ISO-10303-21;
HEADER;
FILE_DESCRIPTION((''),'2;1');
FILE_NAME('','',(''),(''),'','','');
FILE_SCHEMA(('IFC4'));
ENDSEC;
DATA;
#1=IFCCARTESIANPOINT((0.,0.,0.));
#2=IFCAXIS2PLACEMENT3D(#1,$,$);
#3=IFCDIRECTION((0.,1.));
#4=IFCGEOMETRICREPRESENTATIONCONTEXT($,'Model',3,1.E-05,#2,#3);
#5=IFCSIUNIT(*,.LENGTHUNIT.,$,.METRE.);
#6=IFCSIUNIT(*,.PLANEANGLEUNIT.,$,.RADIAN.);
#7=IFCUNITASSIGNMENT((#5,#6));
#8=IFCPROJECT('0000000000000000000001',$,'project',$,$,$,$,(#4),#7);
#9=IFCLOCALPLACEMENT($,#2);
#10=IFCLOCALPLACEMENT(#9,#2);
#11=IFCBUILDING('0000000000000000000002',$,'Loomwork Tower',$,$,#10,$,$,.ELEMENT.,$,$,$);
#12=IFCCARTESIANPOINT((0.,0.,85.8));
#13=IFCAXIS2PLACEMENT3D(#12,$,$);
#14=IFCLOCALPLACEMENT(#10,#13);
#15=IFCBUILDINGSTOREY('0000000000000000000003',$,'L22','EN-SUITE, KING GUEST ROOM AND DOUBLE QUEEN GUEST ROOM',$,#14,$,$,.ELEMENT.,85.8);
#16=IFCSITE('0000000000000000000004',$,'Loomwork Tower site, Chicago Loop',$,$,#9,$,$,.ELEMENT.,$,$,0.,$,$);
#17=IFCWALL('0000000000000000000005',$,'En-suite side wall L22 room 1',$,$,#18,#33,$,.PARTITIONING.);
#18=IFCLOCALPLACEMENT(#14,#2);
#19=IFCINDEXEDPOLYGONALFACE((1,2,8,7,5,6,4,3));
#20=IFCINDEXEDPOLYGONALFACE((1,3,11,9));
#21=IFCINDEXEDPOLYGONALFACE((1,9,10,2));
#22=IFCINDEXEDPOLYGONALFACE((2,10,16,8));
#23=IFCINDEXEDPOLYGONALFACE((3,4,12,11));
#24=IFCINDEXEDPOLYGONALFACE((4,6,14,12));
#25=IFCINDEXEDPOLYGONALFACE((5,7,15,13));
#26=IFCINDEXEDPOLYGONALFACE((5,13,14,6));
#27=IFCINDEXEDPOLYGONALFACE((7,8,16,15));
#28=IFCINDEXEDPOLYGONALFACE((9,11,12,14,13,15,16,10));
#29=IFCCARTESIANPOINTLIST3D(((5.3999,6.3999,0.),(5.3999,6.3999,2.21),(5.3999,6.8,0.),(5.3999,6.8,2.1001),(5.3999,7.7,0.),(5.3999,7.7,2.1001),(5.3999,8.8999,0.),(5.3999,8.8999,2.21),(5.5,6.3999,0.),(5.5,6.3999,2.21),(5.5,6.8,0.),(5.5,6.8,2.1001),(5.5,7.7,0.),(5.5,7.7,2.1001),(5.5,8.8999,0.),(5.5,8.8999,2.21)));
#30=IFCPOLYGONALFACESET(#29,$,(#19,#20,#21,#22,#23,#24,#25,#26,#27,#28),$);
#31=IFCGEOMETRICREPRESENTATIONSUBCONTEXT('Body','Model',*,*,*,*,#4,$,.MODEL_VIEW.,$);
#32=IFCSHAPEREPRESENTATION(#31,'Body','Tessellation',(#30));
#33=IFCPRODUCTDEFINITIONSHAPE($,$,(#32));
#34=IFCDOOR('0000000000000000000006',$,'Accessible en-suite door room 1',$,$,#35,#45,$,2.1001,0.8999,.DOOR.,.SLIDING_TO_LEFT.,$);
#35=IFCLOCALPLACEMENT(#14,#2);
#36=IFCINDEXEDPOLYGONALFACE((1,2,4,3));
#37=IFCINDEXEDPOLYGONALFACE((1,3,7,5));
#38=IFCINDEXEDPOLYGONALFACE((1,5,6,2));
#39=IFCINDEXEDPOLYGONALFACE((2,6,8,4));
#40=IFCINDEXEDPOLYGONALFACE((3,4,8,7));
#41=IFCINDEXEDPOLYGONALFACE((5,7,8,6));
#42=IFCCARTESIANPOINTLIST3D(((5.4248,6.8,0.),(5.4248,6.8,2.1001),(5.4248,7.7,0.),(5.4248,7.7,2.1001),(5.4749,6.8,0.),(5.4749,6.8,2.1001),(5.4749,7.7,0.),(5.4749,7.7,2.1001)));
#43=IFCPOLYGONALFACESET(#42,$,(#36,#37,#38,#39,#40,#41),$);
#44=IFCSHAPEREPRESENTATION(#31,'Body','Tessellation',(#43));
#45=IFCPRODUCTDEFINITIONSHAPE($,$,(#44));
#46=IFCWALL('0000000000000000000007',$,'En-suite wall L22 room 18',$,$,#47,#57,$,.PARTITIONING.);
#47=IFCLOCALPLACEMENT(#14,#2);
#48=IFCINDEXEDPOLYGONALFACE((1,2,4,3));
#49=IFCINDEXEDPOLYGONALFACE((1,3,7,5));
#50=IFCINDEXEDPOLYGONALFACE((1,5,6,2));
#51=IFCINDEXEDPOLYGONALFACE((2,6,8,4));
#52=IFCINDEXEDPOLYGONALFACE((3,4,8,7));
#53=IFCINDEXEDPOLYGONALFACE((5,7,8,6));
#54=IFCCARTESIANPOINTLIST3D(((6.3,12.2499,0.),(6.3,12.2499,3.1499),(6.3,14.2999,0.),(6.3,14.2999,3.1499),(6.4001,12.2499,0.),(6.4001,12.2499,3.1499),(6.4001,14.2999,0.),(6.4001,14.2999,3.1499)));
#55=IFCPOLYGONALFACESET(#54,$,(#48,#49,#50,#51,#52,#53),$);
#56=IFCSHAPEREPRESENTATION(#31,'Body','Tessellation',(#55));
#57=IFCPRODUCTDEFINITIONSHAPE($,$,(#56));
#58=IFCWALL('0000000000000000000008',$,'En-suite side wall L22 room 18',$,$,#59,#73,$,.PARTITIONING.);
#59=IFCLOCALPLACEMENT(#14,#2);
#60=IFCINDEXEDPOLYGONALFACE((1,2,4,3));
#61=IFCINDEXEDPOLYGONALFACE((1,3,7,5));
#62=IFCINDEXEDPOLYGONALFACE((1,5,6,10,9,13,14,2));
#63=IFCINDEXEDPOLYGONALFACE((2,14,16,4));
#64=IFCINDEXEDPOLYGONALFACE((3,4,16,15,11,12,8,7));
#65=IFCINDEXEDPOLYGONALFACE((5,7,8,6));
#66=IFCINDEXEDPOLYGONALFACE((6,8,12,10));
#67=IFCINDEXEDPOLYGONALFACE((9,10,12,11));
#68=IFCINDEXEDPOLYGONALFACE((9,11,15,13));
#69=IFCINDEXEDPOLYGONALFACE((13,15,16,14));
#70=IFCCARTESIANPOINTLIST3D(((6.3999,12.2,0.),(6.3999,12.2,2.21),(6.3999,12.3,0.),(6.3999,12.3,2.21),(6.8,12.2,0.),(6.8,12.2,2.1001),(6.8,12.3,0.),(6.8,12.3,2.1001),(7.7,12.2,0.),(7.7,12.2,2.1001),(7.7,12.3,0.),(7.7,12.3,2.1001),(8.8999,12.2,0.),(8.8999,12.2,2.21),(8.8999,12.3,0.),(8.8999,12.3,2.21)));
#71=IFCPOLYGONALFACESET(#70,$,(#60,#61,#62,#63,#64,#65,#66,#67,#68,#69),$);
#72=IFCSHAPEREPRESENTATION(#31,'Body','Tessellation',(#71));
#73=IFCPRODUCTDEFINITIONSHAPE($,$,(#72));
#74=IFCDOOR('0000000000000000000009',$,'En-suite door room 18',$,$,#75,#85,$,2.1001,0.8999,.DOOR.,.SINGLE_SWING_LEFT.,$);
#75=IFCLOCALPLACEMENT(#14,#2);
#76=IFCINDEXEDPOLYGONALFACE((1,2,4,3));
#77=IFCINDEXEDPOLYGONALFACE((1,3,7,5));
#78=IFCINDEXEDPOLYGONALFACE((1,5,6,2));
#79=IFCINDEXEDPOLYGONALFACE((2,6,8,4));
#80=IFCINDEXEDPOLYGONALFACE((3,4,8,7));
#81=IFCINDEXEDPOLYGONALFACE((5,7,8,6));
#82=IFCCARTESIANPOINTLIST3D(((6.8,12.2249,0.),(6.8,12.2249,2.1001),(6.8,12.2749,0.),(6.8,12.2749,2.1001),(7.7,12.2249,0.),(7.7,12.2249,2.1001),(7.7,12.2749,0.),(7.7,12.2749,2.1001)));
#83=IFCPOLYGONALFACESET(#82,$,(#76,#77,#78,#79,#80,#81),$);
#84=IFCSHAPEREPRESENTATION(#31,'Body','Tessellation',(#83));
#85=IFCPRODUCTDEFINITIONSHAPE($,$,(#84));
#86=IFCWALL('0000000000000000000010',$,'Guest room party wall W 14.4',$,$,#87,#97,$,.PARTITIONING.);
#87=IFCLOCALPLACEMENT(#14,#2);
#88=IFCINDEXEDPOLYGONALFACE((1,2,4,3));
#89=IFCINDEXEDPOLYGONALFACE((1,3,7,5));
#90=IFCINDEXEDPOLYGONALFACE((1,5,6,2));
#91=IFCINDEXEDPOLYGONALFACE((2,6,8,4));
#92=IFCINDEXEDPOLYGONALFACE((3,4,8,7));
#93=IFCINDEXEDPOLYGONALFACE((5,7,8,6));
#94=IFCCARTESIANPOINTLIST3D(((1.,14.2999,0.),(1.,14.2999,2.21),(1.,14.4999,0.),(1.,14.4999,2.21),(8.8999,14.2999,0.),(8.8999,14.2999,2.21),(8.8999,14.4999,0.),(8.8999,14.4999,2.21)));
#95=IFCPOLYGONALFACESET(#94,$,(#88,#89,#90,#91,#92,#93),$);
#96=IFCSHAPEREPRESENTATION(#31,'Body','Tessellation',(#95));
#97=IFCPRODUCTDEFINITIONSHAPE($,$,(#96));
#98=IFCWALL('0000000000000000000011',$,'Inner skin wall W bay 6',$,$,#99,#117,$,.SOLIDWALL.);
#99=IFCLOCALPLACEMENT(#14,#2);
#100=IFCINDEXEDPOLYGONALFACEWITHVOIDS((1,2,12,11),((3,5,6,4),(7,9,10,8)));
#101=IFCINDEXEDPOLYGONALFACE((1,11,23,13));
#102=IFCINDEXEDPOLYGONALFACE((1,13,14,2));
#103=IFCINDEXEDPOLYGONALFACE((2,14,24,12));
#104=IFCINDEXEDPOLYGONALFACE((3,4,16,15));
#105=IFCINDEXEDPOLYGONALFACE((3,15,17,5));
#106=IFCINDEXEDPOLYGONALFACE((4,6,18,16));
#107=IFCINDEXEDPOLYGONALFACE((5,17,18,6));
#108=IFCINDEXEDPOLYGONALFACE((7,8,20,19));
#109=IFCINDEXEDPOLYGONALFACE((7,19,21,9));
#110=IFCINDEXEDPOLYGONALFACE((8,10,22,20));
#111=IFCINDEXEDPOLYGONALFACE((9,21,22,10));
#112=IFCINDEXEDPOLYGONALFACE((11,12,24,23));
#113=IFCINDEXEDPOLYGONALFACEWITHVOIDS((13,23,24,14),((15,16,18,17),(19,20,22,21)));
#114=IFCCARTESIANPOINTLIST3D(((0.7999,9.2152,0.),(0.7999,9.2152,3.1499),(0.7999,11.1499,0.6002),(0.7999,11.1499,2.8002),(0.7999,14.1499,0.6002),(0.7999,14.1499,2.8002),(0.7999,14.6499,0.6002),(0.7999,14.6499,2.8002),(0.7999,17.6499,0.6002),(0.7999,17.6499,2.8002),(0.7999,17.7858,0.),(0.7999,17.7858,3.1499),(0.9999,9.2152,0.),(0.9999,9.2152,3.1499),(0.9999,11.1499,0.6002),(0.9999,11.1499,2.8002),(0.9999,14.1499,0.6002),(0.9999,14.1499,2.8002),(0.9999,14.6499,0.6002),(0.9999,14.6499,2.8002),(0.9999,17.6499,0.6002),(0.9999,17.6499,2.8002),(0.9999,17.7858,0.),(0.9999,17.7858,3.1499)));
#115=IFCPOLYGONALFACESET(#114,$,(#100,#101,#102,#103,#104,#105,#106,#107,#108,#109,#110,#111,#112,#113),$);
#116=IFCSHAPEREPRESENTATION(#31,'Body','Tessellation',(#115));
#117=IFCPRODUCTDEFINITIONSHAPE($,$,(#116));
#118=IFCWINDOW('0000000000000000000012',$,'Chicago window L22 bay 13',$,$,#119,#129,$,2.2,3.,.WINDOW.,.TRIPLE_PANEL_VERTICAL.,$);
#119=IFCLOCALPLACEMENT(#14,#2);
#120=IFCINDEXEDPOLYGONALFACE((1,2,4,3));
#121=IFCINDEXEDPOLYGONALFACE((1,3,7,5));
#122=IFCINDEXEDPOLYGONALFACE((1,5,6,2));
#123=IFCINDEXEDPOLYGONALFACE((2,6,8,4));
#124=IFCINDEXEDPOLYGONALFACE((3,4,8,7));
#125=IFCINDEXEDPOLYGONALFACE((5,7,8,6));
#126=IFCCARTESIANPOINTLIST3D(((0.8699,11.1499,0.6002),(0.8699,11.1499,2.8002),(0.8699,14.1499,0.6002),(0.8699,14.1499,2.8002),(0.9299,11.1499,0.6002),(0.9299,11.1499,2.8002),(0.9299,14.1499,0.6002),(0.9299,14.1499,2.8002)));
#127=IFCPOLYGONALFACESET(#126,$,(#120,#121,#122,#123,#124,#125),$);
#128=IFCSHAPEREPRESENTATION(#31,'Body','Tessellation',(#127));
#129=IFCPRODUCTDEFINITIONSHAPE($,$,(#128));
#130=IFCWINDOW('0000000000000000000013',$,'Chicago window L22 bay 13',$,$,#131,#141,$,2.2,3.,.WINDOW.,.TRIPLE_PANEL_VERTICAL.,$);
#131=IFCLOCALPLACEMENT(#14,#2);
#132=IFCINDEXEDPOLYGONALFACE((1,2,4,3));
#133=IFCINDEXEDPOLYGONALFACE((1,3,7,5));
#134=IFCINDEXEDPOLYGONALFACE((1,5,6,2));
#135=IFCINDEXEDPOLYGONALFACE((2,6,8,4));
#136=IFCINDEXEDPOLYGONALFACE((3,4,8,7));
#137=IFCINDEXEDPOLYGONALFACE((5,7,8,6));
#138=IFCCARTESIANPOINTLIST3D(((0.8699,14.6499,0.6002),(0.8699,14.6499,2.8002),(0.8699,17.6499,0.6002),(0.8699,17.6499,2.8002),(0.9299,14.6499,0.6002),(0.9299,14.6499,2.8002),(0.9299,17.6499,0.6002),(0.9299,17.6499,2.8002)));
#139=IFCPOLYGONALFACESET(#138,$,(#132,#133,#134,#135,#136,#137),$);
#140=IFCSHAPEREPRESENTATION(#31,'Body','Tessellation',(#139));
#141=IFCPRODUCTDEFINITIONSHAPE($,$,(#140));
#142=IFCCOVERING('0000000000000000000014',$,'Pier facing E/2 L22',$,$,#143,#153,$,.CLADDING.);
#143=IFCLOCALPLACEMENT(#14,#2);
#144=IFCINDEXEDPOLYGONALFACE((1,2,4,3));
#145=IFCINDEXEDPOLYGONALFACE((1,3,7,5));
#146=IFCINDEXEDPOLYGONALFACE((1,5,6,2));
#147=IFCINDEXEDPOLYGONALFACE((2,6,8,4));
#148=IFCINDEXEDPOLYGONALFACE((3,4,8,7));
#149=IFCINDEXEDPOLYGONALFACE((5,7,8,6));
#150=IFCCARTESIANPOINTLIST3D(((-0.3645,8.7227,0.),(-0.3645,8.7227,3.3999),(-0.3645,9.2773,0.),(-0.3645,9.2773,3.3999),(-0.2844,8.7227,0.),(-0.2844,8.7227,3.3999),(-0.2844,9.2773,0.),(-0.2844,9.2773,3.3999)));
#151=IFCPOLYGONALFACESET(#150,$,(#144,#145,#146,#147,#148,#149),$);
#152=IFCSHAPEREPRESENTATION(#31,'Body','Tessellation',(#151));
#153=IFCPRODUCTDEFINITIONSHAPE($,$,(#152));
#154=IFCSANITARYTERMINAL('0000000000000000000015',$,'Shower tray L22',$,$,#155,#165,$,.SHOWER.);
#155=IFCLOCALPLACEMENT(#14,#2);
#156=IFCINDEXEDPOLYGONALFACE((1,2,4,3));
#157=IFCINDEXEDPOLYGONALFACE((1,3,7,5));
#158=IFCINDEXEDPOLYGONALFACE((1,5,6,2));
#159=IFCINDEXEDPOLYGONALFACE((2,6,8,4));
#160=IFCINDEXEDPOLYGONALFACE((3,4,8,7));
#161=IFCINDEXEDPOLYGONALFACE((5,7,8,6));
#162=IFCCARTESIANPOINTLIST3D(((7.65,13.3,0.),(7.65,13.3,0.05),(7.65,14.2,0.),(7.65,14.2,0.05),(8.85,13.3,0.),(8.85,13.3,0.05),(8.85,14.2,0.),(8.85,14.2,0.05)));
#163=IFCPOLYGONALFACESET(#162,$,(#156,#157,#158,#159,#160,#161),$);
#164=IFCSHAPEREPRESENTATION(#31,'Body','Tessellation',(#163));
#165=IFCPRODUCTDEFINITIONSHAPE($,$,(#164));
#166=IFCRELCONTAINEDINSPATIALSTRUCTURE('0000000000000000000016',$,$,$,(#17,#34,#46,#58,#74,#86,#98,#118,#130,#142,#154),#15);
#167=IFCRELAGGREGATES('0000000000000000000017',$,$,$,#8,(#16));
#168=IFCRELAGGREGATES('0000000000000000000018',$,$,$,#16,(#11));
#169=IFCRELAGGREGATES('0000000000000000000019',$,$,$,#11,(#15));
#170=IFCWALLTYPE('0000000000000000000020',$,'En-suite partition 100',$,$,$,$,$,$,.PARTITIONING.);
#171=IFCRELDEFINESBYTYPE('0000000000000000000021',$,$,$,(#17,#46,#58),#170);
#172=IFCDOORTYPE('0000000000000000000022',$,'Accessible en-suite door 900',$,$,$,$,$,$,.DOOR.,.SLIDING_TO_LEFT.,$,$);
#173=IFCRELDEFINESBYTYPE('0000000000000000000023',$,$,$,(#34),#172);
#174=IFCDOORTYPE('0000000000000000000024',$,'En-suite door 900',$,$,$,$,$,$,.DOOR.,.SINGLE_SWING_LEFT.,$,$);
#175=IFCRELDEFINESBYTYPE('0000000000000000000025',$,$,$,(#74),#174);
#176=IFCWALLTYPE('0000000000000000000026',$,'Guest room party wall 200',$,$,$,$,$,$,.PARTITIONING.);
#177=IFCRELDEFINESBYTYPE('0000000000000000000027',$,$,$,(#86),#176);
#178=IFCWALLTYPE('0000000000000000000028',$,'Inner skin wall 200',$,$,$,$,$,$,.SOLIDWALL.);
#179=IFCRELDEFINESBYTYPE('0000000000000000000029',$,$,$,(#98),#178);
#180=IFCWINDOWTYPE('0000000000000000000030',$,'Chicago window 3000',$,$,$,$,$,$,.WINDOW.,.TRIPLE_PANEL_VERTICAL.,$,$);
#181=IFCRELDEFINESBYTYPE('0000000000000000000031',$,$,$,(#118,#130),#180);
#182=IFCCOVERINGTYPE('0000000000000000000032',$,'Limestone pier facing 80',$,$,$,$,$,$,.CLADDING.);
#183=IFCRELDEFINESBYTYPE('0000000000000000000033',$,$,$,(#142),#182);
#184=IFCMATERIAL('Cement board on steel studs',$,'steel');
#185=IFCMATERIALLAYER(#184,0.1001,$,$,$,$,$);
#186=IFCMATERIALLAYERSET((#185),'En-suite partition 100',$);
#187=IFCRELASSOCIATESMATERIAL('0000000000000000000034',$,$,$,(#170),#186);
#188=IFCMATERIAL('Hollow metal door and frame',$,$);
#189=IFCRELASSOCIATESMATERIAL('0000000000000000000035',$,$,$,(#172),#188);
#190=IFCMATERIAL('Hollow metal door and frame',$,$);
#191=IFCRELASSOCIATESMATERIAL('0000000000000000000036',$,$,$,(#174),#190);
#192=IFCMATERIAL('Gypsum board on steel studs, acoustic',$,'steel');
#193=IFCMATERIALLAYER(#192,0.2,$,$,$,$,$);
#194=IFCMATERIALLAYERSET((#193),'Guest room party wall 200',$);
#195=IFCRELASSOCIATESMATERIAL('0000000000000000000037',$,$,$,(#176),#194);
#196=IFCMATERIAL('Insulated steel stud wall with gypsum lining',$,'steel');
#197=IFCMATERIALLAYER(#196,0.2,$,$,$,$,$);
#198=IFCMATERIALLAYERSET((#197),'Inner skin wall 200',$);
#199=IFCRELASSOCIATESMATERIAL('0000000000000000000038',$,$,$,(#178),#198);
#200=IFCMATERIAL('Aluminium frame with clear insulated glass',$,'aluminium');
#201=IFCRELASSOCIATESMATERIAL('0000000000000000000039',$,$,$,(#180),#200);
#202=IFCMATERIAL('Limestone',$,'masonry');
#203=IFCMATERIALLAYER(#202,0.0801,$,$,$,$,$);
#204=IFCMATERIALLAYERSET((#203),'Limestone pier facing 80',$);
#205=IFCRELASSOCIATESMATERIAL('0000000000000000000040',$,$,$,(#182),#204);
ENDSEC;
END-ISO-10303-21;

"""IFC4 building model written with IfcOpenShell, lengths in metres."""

from ifc_helpers import new_model, si_unit, direction, frame, frame_2d, origin, origin_2d, place, context, subcontext, project, spatial, rectangle, extrude, material, layer, layer_set, type_object, element, fill, save


model = new_model("IFC4")

# Units and contexts
model_context = context("Model", 3, precision=1e-05, world=origin(), true_north=direction((0.0, 1.0)))
body_context = subcontext(model_context, "Body", "Model", "MODEL_VIEW")
ifc_project = project(units=[si_unit("LENGTHUNIT", "METRE"), si_unit("PLANEANGLEUNIT", "RADIAN")], contexts=[model_context])

# Site, building, storey
site_placement = place(None, origin())
site = spatial("IfcSite", under=ifc_project, at=site_placement, Name="Loomwork Tower site, Chicago Loop", CompositionType="ELEMENT", RefElevation=0.0)
building_placement = place(site_placement, origin())
building = spatial("IfcBuilding", under=site, at=building_placement, Name="Loomwork Tower", CompositionType="ELEMENT")
storey_placement = place(building_placement, frame((0.0, 0.0, 85.8)))
storey = spatial("IfcBuildingStorey", under=building, at=storey_placement, Name="L22", Description="EN-SUITE, KING GUEST ROOM AND DOUBLE QUEEN GUEST ROOM", CompositionType="ELEMENT", Elevation=85.8)

# Wall, opening, door
ifc_material_1 = material(Name="Cement board on steel studs", Category="steel")
ifc_layer_1 = layer(ifc_material_1, 0.1001)
ifc_layer_set_1 = layer_set([ifc_layer_1], Name="En-suite partition 100")
wall_type_1 = type_object("IfcWallType", Name="En-suite partition 100", PredefinedType="PARTITIONING", material=ifc_layer_set_1)
wall_1_placement = place(storey_placement, frame((5.45, 8.8999, 0.0), z_axis=(0.0, 0.0, 1.0), x_axis=(0.0, -1.0, 0.0)))
wall_1 = element("IfcWall", 1, at=wall_1_placement, inside=storey, type_object=wall_type_1, Name="En-suite side wall L22 room 1", PredefinedType="PARTITIONING", context=body_context, shape_type="SweptSolid", body=[
    extrude(rectangle(XDim=2.5, YDim=0.1001, at=frame_2d((1.25, 0.0))), origin(), (0.0, 0.0, 1.0), 2.21),
])
opening_1_placement = place(wall_1_placement, frame((1.2, 0.0, 0.0)))
opening_1 = element("IfcOpeningElement", 2, at=opening_1_placement, cuts=wall_1, PredefinedType="OPENING", context=body_context, shape_type="SweptSolid", body=[
    extrude(rectangle(XDim=0.8999, YDim=2.1001, at=frame_2d((0.45, 1.05))), frame((0.0, 0.0601, 0.0), z_axis=(0.0, -1.0, 0.0), x_axis=(1.0, 0.0, 0.0)), (0.0, 0.0, 1.0), 0.1201),
])
ifc_material_2 = material(Name="Hollow metal door and frame")
door_type_1 = type_object("IfcDoorType", Name="Accessible en-suite door 900", OperationType="SLIDING_TO_LEFT", PredefinedType="DOOR", material=ifc_material_2)
door_1_placement = place(opening_1_placement, origin())
door_1 = element("IfcDoor", 3, at=door_1_placement, inside=storey, type_object=door_type_1, Name="Accessible en-suite door room 1", OperationType="SLIDING_TO_LEFT", OverallHeight=2.1001, OverallWidth=0.8999, PredefinedType="DOOR", context=body_context, shape_type="SweptSolid", body=[
    extrude(rectangle(XDim=0.8999, YDim=2.1001, at=frame_2d((0.45, 1.05))), frame((0.0, 0.0249, 0.0), z_axis=(0.0, -1.0, 0.0), x_axis=(1.0, 0.0, 0.0)), (0.0, 0.0, 1.0), 0.05),
])
fill(opening_1, door_1)

# Wall
wall_2_placement = place(storey_placement, frame((6.3501, 12.25, 0.0), z_axis=(0.0, 0.0, 1.0), x_axis=(0.0, 1.0, 0.0)))
element("IfcWall", 4, at=wall_2_placement, inside=storey, type_object=wall_type_1, Name="En-suite wall L22 room 18", PredefinedType="PARTITIONING", context=body_context, shape_type="SweptSolid", body=[
    extrude(rectangle(XDim=2.05, YDim=0.1001, at=frame_2d((1.0249, 0.0))), origin(), (0.0, 0.0, 1.0), 3.1499),
])

# Wall, opening, door
wall_3_placement = place(storey_placement, frame((8.8999, 12.25, 0.0), z_axis=(0.0, 0.0, 1.0), x_axis=(-1.0, 0.0, 0.0)))
wall_3 = element("IfcWall", 5, at=wall_3_placement, inside=storey, type_object=wall_type_1, Name="En-suite side wall L22 room 18", PredefinedType="PARTITIONING", context=body_context, shape_type="SweptSolid", body=[
    extrude(rectangle(XDim=2.5, YDim=0.1001, at=frame_2d((1.25, 0.0))), origin(), (0.0, 0.0, 1.0), 2.21),
])
opening_2_placement = place(wall_3_placement, frame((1.2, 0.0, 0.0)))
opening_2 = element("IfcOpeningElement", 6, at=opening_2_placement, cuts=wall_3, PredefinedType="OPENING", context=body_context, shape_type="SweptSolid", body=[
    extrude(rectangle(XDim=0.8999, YDim=2.1001, at=frame_2d((0.45, 1.05))), frame((0.0, 0.0601, 0.0), z_axis=(0.0, -1.0, 0.0), x_axis=(1.0, 0.0, 0.0)), (0.0, 0.0, 1.0), 0.1201),
])
ifc_material_3 = material(Name="Hollow metal door and frame")
door_type_2 = type_object("IfcDoorType", Name="En-suite door 900", OperationType="SINGLE_SWING_LEFT", PredefinedType="DOOR", material=ifc_material_3)
door_2_placement = place(opening_2_placement, frame((0.8999, 0.0, 0.0), z_axis=(0.0, 0.0, 1.0), x_axis=(-1.0, 0.0, 0.0)))
door_2 = element("IfcDoor", 7, at=door_2_placement, inside=storey, type_object=door_type_2, Name="En-suite door room 18", OperationType="SINGLE_SWING_LEFT", OverallHeight=2.1001, OverallWidth=0.8999, PredefinedType="DOOR", context=body_context, shape_type="SweptSolid", body=[
    extrude(rectangle(XDim=0.8999, YDim=2.1001, at=frame_2d((0.45, 1.05))), frame((0.0, 0.0249, 0.0), z_axis=(0.0, -1.0, 0.0), x_axis=(1.0, 0.0, 0.0)), (0.0, 0.0, 1.0), 0.05),
])
fill(opening_2, door_2)

# Wall
ifc_material_4 = material(Name="Gypsum board on steel studs, acoustic", Category="steel")
ifc_layer_2 = layer(ifc_material_4, 0.2)
ifc_layer_set_2 = layer_set([ifc_layer_2], Name="Guest room party wall 200")
wall_type_2 = type_object("IfcWallType", Name="Guest room party wall 200", PredefinedType="PARTITIONING", material=ifc_layer_set_2)
wall_4_placement = place(storey_placement, frame((8.8999, 14.3999, 0.0), z_axis=(0.0, 0.0, 1.0), x_axis=(-1.0, 0.0, 0.0)))
element("IfcWall", 8, at=wall_4_placement, inside=storey, type_object=wall_type_2, Name="Guest room party wall W 14.4", PredefinedType="PARTITIONING", context=body_context, shape_type="SweptSolid", body=[
    extrude(rectangle(XDim=7.8999, YDim=0.2, at=frame_2d((3.95, 0.0))), origin(), (0.0, 0.0, 1.0), 2.21),
])

# Wall, openings, windows
ifc_material_5 = material(Name="Insulated steel stud wall with gypsum lining", Category="steel")
ifc_layer_3 = layer(ifc_material_5, 0.2)
ifc_layer_set_3 = layer_set([ifc_layer_3], Name="Inner skin wall 200")
wall_type_3 = type_object("IfcWallType", Name="Inner skin wall 200", PredefinedType="SOLIDWALL", material=ifc_layer_set_3)
wall_5_placement = place(storey_placement, frame((0.8999, 9.2153, 0.0), z_axis=(0.0, 0.0, 1.0), x_axis=(0.0, 1.0, 0.0)))
wall_5 = element("IfcWall", 9, at=wall_5_placement, inside=storey, type_object=wall_type_3, Name="Inner skin wall W bay 6", PredefinedType="SOLIDWALL", context=body_context, shape_type="SweptSolid", body=[
    extrude(rectangle(XDim=8.5706, YDim=0.2, at=frame_2d((4.2852, 0.0))), origin(), (0.0, 0.0, 1.0), 3.1499),
])
opening_3_placement = place(wall_5_placement, frame((1.9346, 0.0, 0.6001)))
opening_3 = element("IfcOpeningElement", 10, at=opening_3_placement, cuts=wall_5, PredefinedType="OPENING", context=body_context, shape_type="SweptSolid", body=[
    extrude(rectangle(XDim=3.0, YDim=2.2, at=frame_2d((1.5, 1.1001))), frame((0.0, 0.1099, 0.0), z_axis=(0.0, -1.0, 0.0), x_axis=(1.0, 0.0, 0.0)), (0.0, 0.0, 1.0), 0.22),
])
opening_4_placement = place(wall_5_placement, frame((5.4346, 0.0, 0.6001)))
opening_4 = element("IfcOpeningElement", 11, at=opening_4_placement, cuts=wall_5, PredefinedType="OPENING", context=body_context, shape_type="SweptSolid", body=[
    extrude(rectangle(XDim=3.0, YDim=2.2, at=frame_2d((1.5, 1.1001))), frame((0.0, 0.1099, 0.0), z_axis=(0.0, -1.0, 0.0), x_axis=(1.0, 0.0, 0.0)), (0.0, 0.0, 1.0), 0.22),
])
ifc_material_6 = material(Name="Aluminium frame with clear insulated glass", Category="aluminium")
window_type = type_object("IfcWindowType", Name="Chicago window 3000", PartitioningType="TRIPLE_PANEL_VERTICAL", PredefinedType="WINDOW", material=ifc_material_6)
window_1_placement = place(opening_3_placement, origin())
window_1 = element("IfcWindow", 12, at=window_1_placement, inside=storey, type_object=window_type, Name="Chicago window L22 bay 13", OverallHeight=2.2, OverallWidth=3.0, PartitioningType="TRIPLE_PANEL_VERTICAL", PredefinedType="WINDOW", context=body_context, shape_type="SweptSolid", body=[
    extrude(rectangle(XDim=3.0, YDim=2.2, at=frame_2d((1.5, 1.1001))), frame((0.0, 0.03, 0.0), z_axis=(0.0, -1.0, 0.0), x_axis=(1.0, 0.0, 0.0)), (0.0, 0.0, 1.0), 0.0601),
])
fill(opening_3, window_1)
window_2_placement = place(opening_4_placement, origin())
window_2 = element("IfcWindow", 13, at=window_2_placement, inside=storey, type_object=window_type, Name="Chicago window L22 bay 13", OverallHeight=2.2, OverallWidth=3.0, PartitioningType="TRIPLE_PANEL_VERTICAL", PredefinedType="WINDOW", context=body_context, shape_type="SweptSolid", body=[
    extrude(rectangle(XDim=3.0, YDim=2.2, at=frame_2d((1.5, 1.1001))), frame((0.0, 0.03, 0.0), z_axis=(0.0, -1.0, 0.0), x_axis=(1.0, 0.0, 0.0)), (0.0, 0.0, 1.0), 0.0601),
])
fill(opening_4, window_2)

# Covering
ifc_material_7 = material(Name="Limestone", Category="masonry")
ifc_layer_4 = layer(ifc_material_7, 0.0801)
ifc_layer_set_4 = layer_set([ifc_layer_4], Name="Limestone pier facing 80")
covering_type = type_object("IfcCoveringType", Name="Limestone pier facing 80", PredefinedType="CLADDING", material=ifc_layer_set_4)
covering_placement = place(storey_placement, frame((-0.3245, 9.0, 0.0), z_axis=(0.0, 0.0, 1.0), x_axis=(1.0, 0.0, 0.0)))
element("IfcCovering", 14, at=covering_placement, inside=storey, type_object=covering_type, Name="Pier facing E/2 L22", PredefinedType="CLADDING", context=body_context, shape_type="SweptSolid", body=[
    extrude(rectangle(XDim=0.0801, YDim=0.5547, at=origin_2d()), origin(), (0.0, 0.0, 1.0), 3.3999),
])

# Sanitary terminal
sanitary_terminal_1_placement = place(storey_placement, frame((8.25, 13.75, 0.0), z_axis=(0.0, 0.0, 1.0), x_axis=(1.0, 0.0, 0.0)))
element("IfcSanitaryTerminal", 15, at=sanitary_terminal_1_placement, inside=storey, Name="Shower tray L22", PredefinedType="SHOWER", context=body_context, shape_type="SweptSolid", body=[
    extrude(rectangle(XDim=1.2, YDim=0.8999, at=origin_2d()), origin(), (0.0, 0.0, 1.0), 0.05),
])

save(model, "model.ifc")
